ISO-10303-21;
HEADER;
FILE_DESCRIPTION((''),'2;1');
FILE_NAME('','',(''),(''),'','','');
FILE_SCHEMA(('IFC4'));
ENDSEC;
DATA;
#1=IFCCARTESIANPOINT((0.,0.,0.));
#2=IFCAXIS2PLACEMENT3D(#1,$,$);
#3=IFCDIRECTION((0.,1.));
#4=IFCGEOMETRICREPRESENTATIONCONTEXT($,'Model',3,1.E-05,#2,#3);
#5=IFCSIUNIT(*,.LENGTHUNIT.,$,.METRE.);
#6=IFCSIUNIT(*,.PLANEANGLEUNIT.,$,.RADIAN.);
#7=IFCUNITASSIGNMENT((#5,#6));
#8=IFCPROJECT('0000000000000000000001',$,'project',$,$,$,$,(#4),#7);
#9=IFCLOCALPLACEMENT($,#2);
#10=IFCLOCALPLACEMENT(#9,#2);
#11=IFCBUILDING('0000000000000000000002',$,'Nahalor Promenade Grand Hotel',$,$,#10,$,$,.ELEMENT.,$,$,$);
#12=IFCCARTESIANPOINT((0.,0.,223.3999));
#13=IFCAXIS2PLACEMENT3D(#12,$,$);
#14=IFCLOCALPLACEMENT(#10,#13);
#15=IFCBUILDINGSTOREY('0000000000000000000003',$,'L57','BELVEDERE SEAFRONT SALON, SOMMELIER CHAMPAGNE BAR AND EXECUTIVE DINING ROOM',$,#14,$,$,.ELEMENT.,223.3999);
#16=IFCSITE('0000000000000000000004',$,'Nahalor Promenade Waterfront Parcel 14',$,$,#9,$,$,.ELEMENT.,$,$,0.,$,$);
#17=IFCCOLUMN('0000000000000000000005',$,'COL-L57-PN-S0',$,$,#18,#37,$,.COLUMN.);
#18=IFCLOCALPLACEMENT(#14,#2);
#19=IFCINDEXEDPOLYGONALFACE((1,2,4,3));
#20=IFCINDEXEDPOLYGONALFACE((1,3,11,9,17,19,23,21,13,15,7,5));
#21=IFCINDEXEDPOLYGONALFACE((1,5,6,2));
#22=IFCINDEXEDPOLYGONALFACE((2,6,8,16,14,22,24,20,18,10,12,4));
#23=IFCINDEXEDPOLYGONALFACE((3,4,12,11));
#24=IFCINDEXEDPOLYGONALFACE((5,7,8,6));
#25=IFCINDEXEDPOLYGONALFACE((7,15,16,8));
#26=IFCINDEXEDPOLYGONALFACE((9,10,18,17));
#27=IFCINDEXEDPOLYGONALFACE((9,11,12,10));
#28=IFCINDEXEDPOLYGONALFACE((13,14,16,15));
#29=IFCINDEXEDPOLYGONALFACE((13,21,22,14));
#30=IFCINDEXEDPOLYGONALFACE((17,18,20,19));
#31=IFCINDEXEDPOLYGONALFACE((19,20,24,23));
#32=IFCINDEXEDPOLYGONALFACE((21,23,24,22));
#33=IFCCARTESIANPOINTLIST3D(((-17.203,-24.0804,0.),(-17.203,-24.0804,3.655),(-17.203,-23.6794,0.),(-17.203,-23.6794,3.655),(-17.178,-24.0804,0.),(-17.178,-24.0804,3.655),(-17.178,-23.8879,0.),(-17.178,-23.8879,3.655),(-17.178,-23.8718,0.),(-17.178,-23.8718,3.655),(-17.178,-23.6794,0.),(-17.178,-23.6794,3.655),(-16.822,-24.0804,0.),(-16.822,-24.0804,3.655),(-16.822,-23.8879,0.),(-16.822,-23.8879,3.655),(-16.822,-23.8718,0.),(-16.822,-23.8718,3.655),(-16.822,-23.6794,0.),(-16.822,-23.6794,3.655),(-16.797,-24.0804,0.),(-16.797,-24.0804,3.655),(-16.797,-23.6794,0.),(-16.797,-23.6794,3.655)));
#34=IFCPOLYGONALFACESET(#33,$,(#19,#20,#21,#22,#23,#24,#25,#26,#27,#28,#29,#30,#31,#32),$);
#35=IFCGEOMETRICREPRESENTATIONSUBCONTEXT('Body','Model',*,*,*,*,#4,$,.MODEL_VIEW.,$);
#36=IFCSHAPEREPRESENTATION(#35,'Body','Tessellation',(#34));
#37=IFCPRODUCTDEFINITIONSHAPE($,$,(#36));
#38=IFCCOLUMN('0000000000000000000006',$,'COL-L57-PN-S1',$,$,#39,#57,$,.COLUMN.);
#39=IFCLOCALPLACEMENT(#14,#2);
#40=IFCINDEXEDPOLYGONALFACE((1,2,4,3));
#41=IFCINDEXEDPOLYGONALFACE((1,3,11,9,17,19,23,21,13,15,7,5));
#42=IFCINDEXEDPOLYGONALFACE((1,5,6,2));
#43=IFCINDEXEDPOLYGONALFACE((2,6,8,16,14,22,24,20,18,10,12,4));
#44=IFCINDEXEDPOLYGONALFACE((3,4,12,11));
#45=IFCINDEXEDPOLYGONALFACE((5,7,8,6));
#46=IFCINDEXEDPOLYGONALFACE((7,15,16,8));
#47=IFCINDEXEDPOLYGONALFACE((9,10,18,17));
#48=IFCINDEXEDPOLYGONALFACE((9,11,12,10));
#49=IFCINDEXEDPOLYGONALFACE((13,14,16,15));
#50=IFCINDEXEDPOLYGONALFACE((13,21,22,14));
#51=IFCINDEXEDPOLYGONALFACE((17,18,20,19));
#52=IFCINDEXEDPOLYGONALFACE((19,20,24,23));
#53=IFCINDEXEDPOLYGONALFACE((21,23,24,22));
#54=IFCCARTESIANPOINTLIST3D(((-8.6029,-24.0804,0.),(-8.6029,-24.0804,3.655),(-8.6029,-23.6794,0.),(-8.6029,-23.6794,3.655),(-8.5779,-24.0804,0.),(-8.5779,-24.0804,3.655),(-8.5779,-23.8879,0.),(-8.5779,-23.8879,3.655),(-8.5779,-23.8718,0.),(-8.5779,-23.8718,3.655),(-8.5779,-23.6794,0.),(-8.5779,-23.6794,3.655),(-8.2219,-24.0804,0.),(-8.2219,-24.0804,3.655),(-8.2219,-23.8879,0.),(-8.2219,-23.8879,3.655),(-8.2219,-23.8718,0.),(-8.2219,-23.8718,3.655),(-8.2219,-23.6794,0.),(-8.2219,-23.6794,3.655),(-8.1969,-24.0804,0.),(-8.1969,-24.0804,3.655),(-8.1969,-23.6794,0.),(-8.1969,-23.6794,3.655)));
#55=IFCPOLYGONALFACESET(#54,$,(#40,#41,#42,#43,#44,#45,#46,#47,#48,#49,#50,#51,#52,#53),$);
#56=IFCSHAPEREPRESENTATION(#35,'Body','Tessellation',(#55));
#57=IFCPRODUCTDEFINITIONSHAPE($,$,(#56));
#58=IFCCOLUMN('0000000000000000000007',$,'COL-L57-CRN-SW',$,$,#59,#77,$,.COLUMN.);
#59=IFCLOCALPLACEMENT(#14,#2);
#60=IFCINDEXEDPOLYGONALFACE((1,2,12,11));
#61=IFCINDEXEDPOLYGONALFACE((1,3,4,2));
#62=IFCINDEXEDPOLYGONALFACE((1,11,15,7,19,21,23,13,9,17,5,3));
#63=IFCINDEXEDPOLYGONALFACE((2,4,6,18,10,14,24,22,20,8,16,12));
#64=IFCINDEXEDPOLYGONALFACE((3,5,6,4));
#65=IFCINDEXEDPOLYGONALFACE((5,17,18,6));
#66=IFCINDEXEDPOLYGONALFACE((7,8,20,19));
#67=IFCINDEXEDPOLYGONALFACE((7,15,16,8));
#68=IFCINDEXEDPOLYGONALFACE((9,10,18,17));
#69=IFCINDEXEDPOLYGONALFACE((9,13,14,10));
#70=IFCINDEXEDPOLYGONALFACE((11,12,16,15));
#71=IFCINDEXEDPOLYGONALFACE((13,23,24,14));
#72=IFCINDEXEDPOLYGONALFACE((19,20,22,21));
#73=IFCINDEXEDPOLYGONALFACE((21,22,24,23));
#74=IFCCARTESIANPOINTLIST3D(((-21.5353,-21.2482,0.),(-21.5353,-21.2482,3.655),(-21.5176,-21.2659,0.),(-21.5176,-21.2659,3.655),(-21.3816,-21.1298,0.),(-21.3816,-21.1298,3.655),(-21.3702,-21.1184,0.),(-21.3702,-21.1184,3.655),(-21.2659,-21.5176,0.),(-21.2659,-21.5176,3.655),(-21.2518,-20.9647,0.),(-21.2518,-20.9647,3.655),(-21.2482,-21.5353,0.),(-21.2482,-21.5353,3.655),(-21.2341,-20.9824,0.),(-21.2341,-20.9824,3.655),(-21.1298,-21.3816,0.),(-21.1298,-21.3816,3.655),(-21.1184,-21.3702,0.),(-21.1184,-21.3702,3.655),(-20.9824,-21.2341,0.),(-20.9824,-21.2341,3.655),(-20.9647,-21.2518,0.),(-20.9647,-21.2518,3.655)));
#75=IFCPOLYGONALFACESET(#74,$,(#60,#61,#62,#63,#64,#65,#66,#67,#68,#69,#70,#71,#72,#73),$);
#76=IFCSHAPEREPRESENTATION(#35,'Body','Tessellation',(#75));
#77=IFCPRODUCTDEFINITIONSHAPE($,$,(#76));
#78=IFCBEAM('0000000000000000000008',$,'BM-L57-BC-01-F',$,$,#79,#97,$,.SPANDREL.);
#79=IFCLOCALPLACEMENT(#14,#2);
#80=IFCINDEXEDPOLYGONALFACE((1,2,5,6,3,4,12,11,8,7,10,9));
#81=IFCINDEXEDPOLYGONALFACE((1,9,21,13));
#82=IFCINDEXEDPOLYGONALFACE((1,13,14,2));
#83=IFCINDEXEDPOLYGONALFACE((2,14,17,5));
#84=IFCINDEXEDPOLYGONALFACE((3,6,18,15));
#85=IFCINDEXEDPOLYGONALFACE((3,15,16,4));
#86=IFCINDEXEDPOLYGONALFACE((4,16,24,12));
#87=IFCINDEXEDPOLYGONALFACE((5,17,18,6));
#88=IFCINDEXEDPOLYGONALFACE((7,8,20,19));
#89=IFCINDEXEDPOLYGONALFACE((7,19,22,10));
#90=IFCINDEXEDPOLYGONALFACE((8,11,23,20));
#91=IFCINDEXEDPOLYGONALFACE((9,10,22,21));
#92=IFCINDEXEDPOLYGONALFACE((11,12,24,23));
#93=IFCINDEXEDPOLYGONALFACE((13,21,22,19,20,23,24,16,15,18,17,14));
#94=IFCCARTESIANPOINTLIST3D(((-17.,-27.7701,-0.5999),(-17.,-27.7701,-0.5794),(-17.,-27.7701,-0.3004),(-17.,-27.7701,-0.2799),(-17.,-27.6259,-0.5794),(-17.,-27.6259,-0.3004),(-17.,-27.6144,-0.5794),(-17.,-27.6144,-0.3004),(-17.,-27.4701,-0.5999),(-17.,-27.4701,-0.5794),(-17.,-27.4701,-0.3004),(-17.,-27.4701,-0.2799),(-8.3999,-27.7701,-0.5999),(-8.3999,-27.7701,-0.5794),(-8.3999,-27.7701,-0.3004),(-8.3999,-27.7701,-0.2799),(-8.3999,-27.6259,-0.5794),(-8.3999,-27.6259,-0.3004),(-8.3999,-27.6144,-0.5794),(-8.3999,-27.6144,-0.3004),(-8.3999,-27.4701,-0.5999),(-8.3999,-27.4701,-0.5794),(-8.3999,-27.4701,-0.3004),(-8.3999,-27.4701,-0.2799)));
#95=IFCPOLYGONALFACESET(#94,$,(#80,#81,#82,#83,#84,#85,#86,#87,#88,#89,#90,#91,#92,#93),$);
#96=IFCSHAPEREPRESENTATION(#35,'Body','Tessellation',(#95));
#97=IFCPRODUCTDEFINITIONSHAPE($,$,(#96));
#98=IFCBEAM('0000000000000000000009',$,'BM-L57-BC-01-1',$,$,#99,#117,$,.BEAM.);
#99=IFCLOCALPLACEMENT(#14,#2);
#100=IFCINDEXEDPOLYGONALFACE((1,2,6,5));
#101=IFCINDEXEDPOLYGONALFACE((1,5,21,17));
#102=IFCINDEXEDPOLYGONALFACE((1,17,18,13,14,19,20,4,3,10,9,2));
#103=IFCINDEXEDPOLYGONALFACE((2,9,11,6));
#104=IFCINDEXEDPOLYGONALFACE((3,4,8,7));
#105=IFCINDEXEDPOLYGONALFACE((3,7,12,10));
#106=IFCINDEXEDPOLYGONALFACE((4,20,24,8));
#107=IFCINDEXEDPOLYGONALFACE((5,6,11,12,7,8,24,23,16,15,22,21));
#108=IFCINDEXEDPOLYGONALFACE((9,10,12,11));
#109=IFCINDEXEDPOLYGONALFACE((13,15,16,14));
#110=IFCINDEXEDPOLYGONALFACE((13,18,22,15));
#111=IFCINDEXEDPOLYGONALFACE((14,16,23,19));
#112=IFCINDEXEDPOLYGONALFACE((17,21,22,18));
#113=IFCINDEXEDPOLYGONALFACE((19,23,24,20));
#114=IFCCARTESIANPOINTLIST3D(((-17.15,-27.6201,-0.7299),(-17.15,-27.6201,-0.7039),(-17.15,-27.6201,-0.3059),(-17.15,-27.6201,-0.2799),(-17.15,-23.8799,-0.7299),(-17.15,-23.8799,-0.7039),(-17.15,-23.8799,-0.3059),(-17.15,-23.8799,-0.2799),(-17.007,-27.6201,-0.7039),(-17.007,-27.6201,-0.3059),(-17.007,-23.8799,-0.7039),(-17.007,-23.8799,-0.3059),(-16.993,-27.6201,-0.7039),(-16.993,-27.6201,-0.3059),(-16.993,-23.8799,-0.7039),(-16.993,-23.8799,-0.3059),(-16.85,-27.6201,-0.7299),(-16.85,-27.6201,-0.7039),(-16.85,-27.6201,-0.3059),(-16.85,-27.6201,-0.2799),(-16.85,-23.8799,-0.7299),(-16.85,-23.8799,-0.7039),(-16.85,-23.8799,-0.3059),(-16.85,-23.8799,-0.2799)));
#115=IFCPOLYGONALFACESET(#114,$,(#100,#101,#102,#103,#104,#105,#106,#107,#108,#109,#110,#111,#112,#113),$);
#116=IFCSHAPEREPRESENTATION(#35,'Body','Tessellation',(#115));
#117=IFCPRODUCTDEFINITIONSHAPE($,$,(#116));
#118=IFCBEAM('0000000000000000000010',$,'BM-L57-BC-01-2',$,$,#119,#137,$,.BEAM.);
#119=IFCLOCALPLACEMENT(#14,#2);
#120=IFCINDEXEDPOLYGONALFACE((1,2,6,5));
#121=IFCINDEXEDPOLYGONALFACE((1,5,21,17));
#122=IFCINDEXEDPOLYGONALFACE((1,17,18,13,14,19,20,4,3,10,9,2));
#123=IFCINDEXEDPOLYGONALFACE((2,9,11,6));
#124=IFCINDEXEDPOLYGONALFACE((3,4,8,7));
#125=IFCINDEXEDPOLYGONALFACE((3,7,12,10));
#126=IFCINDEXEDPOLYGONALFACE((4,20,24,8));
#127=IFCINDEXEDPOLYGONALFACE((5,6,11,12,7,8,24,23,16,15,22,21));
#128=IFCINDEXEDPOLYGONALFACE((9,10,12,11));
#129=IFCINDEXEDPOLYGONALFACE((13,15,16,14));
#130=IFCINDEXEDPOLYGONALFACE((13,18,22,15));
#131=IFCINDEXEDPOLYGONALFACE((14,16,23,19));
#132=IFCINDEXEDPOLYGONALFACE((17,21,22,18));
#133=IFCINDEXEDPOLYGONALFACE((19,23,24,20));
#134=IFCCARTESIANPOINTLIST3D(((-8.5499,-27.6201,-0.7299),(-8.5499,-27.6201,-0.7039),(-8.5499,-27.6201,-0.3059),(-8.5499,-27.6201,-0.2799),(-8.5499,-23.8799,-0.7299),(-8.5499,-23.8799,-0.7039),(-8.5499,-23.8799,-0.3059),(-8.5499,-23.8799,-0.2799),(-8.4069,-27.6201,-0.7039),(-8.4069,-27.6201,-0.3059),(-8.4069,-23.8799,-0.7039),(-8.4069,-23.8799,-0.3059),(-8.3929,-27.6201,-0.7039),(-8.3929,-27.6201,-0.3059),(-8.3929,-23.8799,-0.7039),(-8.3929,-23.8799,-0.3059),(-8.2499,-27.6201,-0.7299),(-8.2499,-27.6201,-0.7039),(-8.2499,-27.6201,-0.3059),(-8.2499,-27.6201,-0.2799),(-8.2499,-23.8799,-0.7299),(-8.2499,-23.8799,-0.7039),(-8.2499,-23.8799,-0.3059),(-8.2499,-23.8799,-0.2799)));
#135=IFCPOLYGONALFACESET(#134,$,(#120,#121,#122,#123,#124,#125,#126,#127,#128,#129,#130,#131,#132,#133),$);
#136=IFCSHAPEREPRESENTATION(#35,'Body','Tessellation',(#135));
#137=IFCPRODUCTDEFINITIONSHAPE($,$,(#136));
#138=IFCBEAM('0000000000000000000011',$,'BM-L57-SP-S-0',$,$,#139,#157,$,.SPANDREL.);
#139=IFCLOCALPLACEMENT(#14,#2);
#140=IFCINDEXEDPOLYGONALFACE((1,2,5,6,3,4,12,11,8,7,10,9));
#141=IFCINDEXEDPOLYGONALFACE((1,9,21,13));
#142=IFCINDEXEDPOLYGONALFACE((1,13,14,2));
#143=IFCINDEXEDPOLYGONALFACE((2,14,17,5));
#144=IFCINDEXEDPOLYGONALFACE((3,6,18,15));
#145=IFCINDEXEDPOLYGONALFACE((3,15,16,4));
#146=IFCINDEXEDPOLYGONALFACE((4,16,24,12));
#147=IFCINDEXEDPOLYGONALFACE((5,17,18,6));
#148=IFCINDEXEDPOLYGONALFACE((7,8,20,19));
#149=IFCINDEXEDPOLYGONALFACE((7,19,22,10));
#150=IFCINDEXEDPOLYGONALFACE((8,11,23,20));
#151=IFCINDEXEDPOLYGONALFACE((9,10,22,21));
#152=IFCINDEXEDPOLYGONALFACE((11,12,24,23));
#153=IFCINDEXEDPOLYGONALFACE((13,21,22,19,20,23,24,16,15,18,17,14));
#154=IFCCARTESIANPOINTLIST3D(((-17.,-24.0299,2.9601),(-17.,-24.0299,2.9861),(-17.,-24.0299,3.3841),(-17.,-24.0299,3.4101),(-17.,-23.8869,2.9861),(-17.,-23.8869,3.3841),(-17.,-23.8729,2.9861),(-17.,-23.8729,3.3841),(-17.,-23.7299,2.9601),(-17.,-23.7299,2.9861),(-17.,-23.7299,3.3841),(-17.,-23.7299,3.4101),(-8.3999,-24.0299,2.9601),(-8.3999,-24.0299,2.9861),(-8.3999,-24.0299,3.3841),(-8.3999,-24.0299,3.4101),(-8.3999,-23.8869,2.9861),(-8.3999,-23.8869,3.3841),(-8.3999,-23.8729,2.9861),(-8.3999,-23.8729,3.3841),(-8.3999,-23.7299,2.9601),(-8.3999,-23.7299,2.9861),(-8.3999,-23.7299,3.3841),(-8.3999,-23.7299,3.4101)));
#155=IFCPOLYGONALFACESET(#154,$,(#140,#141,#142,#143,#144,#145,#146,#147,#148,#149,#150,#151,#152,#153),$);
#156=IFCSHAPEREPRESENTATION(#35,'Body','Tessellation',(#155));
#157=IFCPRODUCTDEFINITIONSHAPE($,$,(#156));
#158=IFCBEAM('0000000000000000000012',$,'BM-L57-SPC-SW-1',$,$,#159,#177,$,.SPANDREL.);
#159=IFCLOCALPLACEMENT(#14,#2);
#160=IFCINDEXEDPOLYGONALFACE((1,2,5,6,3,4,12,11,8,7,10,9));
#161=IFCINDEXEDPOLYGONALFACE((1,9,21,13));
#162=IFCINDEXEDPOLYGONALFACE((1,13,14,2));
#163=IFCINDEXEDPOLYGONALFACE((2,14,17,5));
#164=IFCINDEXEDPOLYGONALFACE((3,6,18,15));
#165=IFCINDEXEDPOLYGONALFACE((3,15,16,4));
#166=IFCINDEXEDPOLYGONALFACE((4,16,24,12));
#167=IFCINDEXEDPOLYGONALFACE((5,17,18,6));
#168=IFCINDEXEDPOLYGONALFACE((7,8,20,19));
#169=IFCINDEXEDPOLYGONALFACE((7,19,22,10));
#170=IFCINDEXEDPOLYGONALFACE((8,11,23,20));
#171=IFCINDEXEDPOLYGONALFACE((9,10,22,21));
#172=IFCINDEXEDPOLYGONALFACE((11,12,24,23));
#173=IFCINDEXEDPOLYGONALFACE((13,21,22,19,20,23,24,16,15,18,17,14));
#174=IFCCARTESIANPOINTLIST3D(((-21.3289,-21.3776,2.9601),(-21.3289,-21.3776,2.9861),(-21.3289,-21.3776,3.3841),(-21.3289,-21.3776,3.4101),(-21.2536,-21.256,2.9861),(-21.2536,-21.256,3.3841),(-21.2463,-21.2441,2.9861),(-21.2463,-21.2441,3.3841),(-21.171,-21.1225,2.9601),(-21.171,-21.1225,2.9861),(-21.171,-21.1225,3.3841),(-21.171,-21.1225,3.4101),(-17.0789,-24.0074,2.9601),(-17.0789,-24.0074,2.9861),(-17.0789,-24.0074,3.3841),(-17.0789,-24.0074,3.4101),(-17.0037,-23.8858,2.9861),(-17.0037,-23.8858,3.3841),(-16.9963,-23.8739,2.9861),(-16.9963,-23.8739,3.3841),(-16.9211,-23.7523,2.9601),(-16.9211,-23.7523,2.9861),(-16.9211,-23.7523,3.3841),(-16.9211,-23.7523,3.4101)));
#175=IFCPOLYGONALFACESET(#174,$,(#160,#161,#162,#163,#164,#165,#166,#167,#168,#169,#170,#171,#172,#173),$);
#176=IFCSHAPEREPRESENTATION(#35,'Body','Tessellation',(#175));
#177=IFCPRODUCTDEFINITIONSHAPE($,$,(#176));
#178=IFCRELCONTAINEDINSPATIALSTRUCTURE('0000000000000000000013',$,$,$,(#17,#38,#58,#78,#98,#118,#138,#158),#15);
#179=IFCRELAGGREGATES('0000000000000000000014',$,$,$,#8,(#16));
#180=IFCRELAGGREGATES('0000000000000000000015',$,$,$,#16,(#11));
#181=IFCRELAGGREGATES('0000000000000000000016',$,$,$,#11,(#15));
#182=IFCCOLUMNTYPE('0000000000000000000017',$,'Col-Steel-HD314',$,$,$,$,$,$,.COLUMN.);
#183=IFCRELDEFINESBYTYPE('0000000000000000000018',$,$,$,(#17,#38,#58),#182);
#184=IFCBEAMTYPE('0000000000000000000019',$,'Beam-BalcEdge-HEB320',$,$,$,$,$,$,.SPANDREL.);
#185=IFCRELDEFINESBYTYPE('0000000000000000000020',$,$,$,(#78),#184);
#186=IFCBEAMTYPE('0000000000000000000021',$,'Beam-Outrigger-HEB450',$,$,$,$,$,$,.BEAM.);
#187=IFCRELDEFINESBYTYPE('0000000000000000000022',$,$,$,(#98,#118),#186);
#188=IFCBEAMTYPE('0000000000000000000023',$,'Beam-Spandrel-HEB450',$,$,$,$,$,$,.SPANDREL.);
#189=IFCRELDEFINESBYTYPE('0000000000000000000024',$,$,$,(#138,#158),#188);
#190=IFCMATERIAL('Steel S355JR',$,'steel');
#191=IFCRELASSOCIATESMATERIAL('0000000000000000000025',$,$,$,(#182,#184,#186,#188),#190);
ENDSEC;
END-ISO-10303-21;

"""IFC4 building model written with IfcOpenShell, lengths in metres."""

from ifc_helpers import new_model, si_unit, direction, frame, origin, origin_2d, place, context, subcontext, project, spatial, i_section, extrude, source, transform, mapped, material, material_profile, profile_set, type_object, element, save


model = new_model("IFC4")

# Units and contexts
model_context = context("Model", 3, precision=1e-05, world=origin(), true_north=direction((0.0, 1.0)))
body_context = subcontext(model_context, "Body", "Model", "MODEL_VIEW")
ifc_project = project(units=[si_unit("LENGTHUNIT", "METRE"), si_unit("PLANEANGLEUNIT", "RADIAN")], contexts=[model_context])

# Site, building, storey
site_placement = place(None, origin())
site = spatial("IfcSite", under=ifc_project, at=site_placement, Name="Nahalor Promenade Waterfront Parcel 14", CompositionType="ELEMENT", RefElevation=0.0)
building_placement = place(site_placement, origin())
building = spatial("IfcBuilding", under=site, at=building_placement, Name="Nahalor Promenade Grand Hotel", CompositionType="ELEMENT")
storey_placement = place(building_placement, frame((0.0, 0.0, 223.3999)))
storey = spatial("IfcBuildingStorey", under=building, at=storey_placement, Name="L57", Description="BELVEDERE SEAFRONT SALON, SOMMELIER CHAMPAGNE BAR AND EXECUTIVE DINING ROOM", CompositionType="ELEMENT", Elevation=223.3999)

# Columns
ifc_material_1 = material(Name="Steel S355JR", Category="steel")
ifc_material_profile_1 = material_profile(ifc_material_1, i_section(OverallWidth=0.401, OverallDepth=0.406, WebThickness=0.0161, FlangeThickness=0.025, at=origin_2d()), Name="HD 400x314")
ifc_profile_set_1 = profile_set([ifc_material_profile_1], Name="Steel S355JR")
column_type = type_object("IfcColumnType", Name="Col-Steel-HD314", PredefinedType="COLUMN", material=ifc_profile_set_1)
shared_shape_1 = source(origin(), body_context, "Body", "SweptSolid", [
    extrude(i_section(OverallWidth=0.401, OverallDepth=0.406, WebThickness=0.0161, FlangeThickness=0.025, at=origin_2d()), origin(), (0.0, 0.0, 1.0), 3.655),
])
for number, where, z_axis, x_axis, name in (
    (1, (-17.0, -23.8799, 0.0), (0.0, 0.0, 1.0), (0.0, 1.0, 0.0), "COL-L57-PN-S0"),
    (2, (-8.3999, -23.8799, 0.0), (0.0, 0.0, 1.0), (0.0, 1.0, 0.0), "COL-L57-PN-S1"),
    (3, (-21.25, -21.25, 0.0), (0.0, 0.0, 1.0), (0.707107, 0.707107, 0.0), "COL-L57-CRN-SW"),
):
    element("IfcColumn", number, at=place(storey_placement, frame(where, z_axis=z_axis, x_axis=x_axis)), inside=storey, type_object=column_type, Name=name, PredefinedType="COLUMN", context=body_context, shape_type="MappedRepresentation", body=[
        mapped(shared_shape_1, transform((0.0, 0.0, 0.0), scale=1.0)),
    ])

# Beams
ifc_material_profile_2 = material_profile(ifc_material_1, i_section(OverallWidth=0.3, OverallDepth=0.32, WebThickness=0.0115, FlangeThickness=0.0205, at=origin_2d()), Name="HEB 320")
ifc_profile_set_2 = profile_set([ifc_material_profile_2], Name="Steel S355JR")
beam_type_1 = type_object("IfcBeamType", Name="Beam-BalcEdge-HEB320", PredefinedType="SPANDREL", material=ifc_profile_set_2)
shared_shape_2 = source(origin(), body_context, "Body", "SweptSolid", [
    extrude(i_section(OverallWidth=0.3, OverallDepth=0.32, WebThickness=0.0115, FlangeThickness=0.0205, at=origin_2d()), origin(), (0.0, 0.0, 1.0), 8.6001),
])
beam_1_placement = place(storey_placement, frame((-17.0, -27.6201, -0.4399), z_axis=(1.0, 0.0, 0.0), x_axis=(0.0, 1.0, 0.0)))
element("IfcBeam", 4, at=beam_1_placement, inside=storey, type_object=beam_type_1, Name="BM-L57-BC-01-F", PredefinedType="SPANDREL", context=body_context, shape_type="MappedRepresentation", body=[
    mapped(shared_shape_2, transform((0.0, 0.0, 0.0), scale=1.0)),
])
ifc_material_profile_3 = material_profile(ifc_material_1, i_section(OverallWidth=0.3, OverallDepth=0.45, WebThickness=0.014, FlangeThickness=0.026, at=origin_2d()), Name="HEB 450")
ifc_profile_set_3 = profile_set([ifc_material_profile_3], Name="Steel S355JR")
beam_type_2 = type_object("IfcBeamType", Name="Beam-Outrigger-HEB450", PredefinedType="BEAM", material=ifc_profile_set_3)
shared_shape_3 = source(origin(), body_context, "Body", "SweptSolid", [
    extrude(i_section(OverallWidth=0.3, OverallDepth=0.45, WebThickness=0.014, FlangeThickness=0.026, at=origin_2d()), origin(), (0.0, 0.0, 1.0), 3.7402),
])
for number, where, z_axis, x_axis, name in (
    (5, (-17.0, -27.6201, -0.5049), (0.0, 1.0, 0.0), (-1.0, 0.0, 0.0), "BM-L57-BC-01-1"),
    (6, (-8.3999, -27.6201, -0.5049), (0.0, 1.0, 0.0), (-1.0, 0.0, 0.0), "BM-L57-BC-01-2"),
):
    element("IfcBeam", number, at=place(storey_placement, frame(where, z_axis=z_axis, x_axis=x_axis)), inside=storey, type_object=beam_type_2, Name=name, PredefinedType="BEAM", context=body_context, shape_type="MappedRepresentation", body=[
        mapped(shared_shape_3, transform((0.0, 0.0, 0.0), scale=1.0)),
    ])
ifc_material_profile_4 = material_profile(ifc_material_1, i_section(OverallWidth=0.3, OverallDepth=0.45, WebThickness=0.014, FlangeThickness=0.026, at=origin_2d()), Name="HEB 450")
ifc_profile_set_4 = profile_set([ifc_material_profile_4], Name="Steel S355JR")
beam_type_3 = type_object("IfcBeamType", Name="Beam-Spandrel-HEB450", PredefinedType="SPANDREL", material=ifc_profile_set_4)
shared_shape_4 = source(origin(), body_context, "Body", "SweptSolid", [
    extrude(i_section(OverallWidth=0.3, OverallDepth=0.45, WebThickness=0.014, FlangeThickness=0.026, at=origin_2d()), origin(), (0.0, 0.0, 1.0), 8.6001),
])
beam_2_placement = place(storey_placement, frame((-17.0, -23.8799, 3.1851), z_axis=(1.0, 0.0, 0.0), x_axis=(0.0, 1.0, 0.0)))
element("IfcBeam", 7, at=beam_2_placement, inside=storey, type_object=beam_type_3, Name="BM-L57-SP-S-0", PredefinedType="SPANDREL", context=body_context, shape_type="MappedRepresentation", body=[
    mapped(shared_shape_4, transform((0.0, 0.0, 0.0), scale=1.0)),
])
shared_shape_5 = source(origin(), body_context, "Body", "SweptSolid", [
    extrude(i_section(OverallWidth=0.3, OverallDepth=0.45, WebThickness=0.014, FlangeThickness=0.026, at=origin_2d()), origin(), (0.0, 0.0, 1.0), 4.9978),
])
for number, where, z_axis, x_axis, name in (
    (8, (-17.0, -23.8799, 3.1851), (-0.850361, 0.5262, 0.0), (-0.5262, -0.850361, 0.0), "BM-L57-SPC-SW-1"),
):
    element("IfcBeam", number, at=place(storey_placement, frame(where, z_axis=z_axis, x_axis=x_axis)), inside=storey, type_object=beam_type_3, Name=name, PredefinedType="SPANDREL", context=body_context, shape_type="MappedRepresentation", body=[
        mapped(shared_shape_5, transform((0.0, 0.0, 0.0), scale=1.0)),
    ])

save(model, "model.ifc")
